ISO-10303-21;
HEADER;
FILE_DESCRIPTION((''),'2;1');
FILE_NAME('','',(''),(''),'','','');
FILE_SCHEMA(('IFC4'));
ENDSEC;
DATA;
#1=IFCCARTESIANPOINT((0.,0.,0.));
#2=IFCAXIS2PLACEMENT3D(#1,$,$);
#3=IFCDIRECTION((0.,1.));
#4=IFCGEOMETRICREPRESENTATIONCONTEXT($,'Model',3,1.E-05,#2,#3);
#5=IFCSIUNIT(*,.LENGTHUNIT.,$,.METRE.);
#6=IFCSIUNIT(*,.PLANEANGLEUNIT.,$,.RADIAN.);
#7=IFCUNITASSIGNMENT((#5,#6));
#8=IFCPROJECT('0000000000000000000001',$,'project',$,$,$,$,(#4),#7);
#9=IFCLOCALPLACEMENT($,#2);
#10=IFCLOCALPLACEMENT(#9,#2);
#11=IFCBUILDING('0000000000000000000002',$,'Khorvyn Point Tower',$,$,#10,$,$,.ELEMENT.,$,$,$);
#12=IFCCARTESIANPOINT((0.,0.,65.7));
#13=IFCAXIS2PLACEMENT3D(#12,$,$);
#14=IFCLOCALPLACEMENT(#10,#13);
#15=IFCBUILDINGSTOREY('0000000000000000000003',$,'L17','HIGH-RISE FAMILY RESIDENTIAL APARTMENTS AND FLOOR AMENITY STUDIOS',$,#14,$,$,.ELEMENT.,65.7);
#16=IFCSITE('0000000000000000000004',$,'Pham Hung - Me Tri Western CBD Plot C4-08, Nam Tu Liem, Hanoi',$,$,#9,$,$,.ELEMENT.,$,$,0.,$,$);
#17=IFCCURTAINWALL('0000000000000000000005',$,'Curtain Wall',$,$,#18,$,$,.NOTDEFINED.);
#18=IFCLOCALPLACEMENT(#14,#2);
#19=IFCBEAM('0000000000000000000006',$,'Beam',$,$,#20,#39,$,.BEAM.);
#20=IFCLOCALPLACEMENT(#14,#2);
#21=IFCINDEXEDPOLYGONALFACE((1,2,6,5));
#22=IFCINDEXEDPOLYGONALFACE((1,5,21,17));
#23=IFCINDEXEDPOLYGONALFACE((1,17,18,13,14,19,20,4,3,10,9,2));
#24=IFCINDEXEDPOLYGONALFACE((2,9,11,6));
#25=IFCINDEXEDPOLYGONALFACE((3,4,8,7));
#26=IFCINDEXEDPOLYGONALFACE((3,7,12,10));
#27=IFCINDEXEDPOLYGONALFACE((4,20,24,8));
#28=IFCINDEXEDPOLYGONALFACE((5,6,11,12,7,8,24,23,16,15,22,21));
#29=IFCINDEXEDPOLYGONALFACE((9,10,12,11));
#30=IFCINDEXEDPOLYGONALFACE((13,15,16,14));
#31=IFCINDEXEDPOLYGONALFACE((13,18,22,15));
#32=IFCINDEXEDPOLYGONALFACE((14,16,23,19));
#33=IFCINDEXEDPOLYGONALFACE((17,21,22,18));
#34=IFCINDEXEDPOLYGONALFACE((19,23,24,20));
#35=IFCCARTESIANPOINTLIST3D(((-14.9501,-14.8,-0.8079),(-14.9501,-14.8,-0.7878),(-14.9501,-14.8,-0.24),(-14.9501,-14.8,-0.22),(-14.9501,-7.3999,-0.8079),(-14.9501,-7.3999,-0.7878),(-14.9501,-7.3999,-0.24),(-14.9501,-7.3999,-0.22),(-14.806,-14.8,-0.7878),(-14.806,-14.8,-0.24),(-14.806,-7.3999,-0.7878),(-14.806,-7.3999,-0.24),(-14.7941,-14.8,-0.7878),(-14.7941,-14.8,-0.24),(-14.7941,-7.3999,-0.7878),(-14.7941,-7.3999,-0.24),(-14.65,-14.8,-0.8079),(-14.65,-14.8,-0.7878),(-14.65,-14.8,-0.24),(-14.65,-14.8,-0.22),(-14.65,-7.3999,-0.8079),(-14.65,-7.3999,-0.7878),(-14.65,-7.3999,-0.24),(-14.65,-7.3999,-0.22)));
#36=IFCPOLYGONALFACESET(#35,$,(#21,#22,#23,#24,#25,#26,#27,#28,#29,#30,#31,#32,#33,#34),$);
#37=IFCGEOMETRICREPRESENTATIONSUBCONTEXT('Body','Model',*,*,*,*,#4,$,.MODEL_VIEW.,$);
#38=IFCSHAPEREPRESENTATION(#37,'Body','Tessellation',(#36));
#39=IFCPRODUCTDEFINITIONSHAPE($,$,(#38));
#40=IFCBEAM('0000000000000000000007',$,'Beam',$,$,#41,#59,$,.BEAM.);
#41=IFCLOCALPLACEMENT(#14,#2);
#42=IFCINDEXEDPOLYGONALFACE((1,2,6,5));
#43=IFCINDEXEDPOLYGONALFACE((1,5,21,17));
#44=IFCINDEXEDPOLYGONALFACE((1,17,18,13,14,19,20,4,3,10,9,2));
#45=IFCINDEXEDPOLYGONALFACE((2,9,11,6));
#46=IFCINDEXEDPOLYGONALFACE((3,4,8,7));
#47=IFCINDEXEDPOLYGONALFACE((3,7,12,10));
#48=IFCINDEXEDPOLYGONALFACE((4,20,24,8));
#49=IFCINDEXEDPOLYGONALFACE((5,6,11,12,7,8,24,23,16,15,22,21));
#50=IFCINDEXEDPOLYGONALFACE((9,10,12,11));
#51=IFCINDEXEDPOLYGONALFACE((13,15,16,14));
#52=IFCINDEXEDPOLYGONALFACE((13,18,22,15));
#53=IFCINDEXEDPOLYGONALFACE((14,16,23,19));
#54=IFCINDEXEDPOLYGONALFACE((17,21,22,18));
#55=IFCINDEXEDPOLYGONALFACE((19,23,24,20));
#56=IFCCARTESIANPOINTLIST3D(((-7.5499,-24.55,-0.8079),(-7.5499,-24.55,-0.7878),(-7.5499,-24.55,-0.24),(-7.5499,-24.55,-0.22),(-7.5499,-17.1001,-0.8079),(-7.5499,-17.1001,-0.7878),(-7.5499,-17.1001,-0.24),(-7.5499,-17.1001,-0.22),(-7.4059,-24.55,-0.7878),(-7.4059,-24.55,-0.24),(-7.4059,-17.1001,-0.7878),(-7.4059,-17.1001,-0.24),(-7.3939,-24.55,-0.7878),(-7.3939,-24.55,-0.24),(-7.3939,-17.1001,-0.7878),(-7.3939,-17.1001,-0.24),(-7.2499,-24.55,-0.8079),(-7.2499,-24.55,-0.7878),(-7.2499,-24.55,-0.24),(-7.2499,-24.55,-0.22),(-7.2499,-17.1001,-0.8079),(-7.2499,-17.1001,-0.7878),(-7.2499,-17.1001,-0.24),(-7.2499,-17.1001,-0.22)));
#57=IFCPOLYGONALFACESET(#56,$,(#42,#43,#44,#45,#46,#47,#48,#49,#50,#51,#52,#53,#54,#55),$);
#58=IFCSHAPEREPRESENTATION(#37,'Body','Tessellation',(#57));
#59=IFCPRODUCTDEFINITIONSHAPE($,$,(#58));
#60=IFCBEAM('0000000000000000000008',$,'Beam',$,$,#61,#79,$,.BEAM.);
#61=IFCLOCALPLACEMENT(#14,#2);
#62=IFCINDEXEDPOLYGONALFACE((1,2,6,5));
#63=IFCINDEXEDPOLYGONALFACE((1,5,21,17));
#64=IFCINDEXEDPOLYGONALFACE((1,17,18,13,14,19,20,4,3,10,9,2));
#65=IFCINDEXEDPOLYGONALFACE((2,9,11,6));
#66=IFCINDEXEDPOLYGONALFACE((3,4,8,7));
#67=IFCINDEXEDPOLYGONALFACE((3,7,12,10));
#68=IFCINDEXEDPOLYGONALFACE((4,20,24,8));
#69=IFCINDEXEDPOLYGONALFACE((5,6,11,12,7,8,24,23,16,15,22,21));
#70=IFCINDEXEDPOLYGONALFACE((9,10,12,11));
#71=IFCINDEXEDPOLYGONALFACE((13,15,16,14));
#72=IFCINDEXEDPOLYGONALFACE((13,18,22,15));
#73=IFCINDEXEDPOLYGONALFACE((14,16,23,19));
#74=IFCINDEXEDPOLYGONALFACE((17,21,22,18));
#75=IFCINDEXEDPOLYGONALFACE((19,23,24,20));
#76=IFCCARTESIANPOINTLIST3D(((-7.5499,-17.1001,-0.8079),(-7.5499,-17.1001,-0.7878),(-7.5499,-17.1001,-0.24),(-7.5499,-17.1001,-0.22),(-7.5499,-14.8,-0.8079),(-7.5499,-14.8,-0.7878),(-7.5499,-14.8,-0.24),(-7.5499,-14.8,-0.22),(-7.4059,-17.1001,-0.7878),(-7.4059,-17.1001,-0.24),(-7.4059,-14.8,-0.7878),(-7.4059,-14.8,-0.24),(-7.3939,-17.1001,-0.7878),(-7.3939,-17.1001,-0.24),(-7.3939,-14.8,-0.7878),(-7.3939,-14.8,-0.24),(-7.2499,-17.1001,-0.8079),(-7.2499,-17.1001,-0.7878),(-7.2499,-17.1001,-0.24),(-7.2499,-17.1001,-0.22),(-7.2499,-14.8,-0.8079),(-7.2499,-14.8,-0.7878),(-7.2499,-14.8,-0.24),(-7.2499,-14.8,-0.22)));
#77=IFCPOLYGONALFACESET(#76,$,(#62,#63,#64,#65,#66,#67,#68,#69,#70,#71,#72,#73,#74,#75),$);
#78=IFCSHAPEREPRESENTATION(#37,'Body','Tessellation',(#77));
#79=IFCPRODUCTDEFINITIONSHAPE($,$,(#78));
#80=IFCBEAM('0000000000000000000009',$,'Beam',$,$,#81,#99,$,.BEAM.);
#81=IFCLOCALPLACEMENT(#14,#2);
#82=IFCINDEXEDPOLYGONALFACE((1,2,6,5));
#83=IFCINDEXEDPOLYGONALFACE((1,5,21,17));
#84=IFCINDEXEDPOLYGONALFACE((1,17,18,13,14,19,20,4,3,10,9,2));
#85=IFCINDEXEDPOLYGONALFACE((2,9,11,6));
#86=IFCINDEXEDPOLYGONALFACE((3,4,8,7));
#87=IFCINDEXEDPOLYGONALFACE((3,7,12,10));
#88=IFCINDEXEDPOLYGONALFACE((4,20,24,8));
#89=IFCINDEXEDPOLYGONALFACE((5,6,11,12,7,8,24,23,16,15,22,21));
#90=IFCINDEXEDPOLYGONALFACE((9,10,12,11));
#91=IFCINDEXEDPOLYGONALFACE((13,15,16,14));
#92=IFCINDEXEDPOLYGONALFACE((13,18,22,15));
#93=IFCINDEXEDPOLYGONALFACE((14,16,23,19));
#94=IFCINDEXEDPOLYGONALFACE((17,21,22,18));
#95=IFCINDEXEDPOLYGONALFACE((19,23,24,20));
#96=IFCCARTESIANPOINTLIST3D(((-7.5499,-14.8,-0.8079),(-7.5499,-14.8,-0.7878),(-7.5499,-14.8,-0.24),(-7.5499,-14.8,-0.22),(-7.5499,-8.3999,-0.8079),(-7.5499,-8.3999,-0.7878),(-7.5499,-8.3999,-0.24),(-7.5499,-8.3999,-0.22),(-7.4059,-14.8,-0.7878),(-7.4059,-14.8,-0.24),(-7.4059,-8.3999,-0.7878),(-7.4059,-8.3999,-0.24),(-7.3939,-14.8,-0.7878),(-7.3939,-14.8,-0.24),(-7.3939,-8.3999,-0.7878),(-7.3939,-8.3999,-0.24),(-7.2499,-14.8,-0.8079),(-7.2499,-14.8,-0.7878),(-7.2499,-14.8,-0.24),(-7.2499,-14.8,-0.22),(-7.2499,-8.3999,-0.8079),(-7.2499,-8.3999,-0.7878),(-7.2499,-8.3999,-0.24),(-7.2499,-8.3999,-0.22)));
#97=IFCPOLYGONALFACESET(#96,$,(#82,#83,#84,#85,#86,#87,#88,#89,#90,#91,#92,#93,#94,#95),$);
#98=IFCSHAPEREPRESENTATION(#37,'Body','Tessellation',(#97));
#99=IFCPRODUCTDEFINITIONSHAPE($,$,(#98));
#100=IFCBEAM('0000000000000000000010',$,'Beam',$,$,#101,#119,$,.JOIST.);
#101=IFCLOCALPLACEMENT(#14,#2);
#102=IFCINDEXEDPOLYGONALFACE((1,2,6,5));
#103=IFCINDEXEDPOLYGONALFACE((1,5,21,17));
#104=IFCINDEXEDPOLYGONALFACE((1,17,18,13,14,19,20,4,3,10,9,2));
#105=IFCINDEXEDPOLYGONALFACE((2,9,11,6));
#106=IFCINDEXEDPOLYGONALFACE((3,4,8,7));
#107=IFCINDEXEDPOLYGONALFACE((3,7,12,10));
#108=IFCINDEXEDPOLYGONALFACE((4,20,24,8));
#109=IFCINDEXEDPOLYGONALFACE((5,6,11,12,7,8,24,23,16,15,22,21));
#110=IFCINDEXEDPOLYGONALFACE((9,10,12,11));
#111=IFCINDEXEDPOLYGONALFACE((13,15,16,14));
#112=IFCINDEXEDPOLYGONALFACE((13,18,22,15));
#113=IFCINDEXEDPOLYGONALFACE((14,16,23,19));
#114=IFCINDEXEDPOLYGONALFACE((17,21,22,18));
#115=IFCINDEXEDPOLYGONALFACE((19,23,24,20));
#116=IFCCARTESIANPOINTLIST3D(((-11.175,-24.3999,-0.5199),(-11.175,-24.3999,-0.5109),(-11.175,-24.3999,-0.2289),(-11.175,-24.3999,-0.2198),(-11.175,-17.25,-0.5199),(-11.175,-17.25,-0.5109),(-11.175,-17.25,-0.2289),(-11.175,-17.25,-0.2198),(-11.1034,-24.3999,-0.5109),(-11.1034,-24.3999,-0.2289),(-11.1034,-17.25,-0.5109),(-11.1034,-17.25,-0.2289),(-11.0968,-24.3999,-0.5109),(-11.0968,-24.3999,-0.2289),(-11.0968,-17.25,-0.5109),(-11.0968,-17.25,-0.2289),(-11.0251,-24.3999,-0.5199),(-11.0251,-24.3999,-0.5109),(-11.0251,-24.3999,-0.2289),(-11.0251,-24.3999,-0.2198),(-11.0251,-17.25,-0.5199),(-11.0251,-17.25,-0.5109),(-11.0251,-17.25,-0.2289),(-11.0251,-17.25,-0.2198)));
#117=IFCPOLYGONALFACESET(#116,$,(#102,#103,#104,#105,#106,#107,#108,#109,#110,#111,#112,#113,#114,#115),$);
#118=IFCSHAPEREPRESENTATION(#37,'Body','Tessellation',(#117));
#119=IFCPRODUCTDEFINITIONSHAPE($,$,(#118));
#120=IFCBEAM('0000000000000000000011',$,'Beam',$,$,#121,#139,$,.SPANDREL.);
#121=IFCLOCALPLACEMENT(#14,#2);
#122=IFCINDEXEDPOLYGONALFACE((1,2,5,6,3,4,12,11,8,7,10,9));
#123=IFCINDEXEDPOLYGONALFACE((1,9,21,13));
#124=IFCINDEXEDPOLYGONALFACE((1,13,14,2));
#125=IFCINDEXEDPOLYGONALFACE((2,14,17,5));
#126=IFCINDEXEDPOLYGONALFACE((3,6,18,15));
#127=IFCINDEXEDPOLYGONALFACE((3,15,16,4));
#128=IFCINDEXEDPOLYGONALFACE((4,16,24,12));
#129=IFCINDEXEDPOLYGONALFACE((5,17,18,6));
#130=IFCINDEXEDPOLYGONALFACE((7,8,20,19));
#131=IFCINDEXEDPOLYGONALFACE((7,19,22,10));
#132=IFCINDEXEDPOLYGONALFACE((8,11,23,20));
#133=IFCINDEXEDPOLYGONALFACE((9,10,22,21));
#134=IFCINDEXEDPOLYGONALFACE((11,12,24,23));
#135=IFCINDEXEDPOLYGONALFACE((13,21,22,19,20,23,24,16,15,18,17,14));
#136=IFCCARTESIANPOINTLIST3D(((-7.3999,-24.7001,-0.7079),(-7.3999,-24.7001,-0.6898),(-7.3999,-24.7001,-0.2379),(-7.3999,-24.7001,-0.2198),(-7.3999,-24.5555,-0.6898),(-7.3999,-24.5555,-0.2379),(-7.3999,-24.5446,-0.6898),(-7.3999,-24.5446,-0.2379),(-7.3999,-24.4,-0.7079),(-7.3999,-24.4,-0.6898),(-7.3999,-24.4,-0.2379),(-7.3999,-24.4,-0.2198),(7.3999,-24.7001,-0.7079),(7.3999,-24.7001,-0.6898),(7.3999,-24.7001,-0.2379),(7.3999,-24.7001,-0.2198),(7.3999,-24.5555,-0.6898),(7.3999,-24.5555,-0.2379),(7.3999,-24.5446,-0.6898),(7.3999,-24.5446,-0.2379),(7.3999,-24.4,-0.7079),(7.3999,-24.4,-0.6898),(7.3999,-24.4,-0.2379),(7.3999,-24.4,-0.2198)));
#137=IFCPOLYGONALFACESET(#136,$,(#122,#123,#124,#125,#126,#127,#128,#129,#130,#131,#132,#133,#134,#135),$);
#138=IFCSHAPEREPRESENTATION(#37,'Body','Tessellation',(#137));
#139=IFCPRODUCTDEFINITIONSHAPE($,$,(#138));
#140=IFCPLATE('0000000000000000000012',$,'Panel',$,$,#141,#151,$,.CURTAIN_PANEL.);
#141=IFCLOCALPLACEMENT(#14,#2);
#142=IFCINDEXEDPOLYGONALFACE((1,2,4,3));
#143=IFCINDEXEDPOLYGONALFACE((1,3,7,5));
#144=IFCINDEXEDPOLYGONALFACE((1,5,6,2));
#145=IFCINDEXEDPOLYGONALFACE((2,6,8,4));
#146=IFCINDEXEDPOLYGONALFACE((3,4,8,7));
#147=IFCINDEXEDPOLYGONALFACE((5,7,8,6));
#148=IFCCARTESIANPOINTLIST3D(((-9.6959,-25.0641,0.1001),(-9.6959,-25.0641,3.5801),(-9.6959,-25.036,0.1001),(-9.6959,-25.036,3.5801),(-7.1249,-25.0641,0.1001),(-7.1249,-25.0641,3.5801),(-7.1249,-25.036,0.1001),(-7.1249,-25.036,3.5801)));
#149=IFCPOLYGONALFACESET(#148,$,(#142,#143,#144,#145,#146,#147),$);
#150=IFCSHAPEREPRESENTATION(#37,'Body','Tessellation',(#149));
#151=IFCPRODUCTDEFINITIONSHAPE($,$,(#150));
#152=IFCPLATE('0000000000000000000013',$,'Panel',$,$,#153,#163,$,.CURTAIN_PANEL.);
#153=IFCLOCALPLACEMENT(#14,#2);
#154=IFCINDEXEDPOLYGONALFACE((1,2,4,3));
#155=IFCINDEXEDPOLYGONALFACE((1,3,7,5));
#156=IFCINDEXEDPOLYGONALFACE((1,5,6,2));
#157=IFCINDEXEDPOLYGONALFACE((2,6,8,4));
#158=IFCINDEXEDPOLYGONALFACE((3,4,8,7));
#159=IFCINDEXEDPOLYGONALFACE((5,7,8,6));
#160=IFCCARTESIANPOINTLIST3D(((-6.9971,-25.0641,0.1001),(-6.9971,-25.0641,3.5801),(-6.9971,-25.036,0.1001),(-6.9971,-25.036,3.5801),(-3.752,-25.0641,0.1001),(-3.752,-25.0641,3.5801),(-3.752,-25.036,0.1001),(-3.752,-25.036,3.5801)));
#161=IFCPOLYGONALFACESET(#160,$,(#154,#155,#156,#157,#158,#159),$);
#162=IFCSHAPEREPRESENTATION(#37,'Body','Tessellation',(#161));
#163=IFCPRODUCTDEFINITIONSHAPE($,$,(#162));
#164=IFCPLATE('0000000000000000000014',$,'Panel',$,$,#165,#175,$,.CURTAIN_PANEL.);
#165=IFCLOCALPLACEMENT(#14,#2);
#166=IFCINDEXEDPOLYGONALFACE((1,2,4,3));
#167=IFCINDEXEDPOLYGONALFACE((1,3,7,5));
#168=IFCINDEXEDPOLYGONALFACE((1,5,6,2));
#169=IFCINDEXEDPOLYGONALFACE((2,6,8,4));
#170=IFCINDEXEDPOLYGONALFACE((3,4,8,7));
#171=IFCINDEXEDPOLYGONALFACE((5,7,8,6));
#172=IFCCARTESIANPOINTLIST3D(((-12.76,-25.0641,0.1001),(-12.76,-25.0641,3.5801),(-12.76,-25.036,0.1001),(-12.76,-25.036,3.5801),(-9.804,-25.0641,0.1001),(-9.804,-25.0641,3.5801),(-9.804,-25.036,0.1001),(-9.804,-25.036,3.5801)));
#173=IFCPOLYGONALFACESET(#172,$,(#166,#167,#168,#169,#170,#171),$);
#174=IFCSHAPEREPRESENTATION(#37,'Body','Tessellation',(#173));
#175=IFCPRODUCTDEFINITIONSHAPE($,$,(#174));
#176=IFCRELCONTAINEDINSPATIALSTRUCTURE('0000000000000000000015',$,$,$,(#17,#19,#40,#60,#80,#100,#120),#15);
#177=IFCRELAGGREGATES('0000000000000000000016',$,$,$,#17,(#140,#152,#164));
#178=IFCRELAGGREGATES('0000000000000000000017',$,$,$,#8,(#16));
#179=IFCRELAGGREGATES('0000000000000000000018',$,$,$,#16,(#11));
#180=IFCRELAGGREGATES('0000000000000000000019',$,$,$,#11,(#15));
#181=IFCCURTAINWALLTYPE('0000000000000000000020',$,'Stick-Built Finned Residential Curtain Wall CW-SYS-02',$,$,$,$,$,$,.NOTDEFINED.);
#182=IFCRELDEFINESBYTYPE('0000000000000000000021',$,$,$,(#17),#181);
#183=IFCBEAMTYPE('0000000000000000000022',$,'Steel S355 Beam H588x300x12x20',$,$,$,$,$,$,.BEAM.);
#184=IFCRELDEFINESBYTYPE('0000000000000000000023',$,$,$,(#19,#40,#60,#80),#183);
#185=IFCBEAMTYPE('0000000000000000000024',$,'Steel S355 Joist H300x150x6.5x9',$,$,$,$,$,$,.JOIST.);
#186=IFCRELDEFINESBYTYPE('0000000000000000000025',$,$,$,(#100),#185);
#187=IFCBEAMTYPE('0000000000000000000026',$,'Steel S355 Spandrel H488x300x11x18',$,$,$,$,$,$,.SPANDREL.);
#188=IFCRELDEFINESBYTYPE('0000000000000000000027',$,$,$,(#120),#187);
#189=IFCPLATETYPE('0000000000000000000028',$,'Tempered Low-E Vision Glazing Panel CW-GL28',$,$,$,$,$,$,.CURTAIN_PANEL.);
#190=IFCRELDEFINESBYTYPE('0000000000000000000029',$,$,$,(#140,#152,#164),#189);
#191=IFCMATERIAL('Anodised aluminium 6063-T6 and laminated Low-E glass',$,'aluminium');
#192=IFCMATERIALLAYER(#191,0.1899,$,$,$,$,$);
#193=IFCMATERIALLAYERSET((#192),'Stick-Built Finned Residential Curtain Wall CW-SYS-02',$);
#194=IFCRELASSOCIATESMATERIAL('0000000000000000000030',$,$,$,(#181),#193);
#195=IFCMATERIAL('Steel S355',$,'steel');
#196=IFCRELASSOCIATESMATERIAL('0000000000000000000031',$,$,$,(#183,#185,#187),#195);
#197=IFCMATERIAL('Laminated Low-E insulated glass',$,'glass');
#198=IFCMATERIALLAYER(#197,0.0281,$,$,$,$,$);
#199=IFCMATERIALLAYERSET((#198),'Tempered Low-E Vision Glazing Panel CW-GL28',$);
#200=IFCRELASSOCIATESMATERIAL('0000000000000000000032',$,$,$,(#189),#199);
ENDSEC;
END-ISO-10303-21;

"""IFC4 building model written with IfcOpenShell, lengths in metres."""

from ifc_helpers import new_model, si_unit, direction, frame, origin, origin_2d, place, context, subcontext, project, spatial, rectangle, i_section, extrude, material, layer, layer_set, material_profile, profile_set, type_object, element, aggregate, save


model = new_model("IFC4")

# Units and contexts
model_context = context("Model", 3, precision=1e-05, world=origin(), true_north=direction((0.0, 1.0)))
body_context = subcontext(model_context, "Body", "Model", "MODEL_VIEW")
ifc_project = project(units=[si_unit("LENGTHUNIT", "METRE"), si_unit("PLANEANGLEUNIT", "RADIAN")], contexts=[model_context])

# Site, building, storey
site_placement = place(None, origin())
site = spatial("IfcSite", under=ifc_project, at=site_placement, Name="Pham Hung - Me Tri Western CBD Plot C4-08, Nam Tu Liem, Hanoi", CompositionType="ELEMENT", RefElevation=0.0)
building_placement = place(site_placement, origin())
building = spatial("IfcBuilding", under=site, at=building_placement, Name="Khorvyn Point Tower", CompositionType="ELEMENT")
storey_placement = place(building_placement, frame((0.0, 0.0, 65.7)))
storey = spatial("IfcBuildingStorey", under=building, at=storey_placement, Name="L17", Description="HIGH-RISE FAMILY RESIDENTIAL APARTMENTS AND FLOOR AMENITY STUDIOS", CompositionType="ELEMENT", Elevation=65.7)

# Curtain wall
ifc_material_1 = material(Name="Anodised aluminium 6063-T6 and laminated Low-E glass", Category="aluminium")
ifc_layer_1 = layer(ifc_material_1, 0.1899)
ifc_layer_set_1 = layer_set([ifc_layer_1], Name="Stick-Built Finned Residential Curtain Wall CW-SYS-02")
curtain_wall_type = type_object("IfcCurtainWallType", Name="Stick-Built Finned Residential Curtain Wall CW-SYS-02", PredefinedType="NOTDEFINED", material=ifc_layer_set_1)
curtain_wall_placement = place(storey_placement, origin())
curtain_wall = element("IfcCurtainWall", 1, at=curtain_wall_placement, inside=storey, type_object=curtain_wall_type, Name="Curtain Wall", PredefinedType="NOTDEFINED")

# Beams
ifc_material_2 = material(Name="Steel S355", Category="steel")
ifc_material_profile_1 = material_profile(ifc_material_2, i_section(OverallWidth=0.3, OverallDepth=0.5879, WebThickness=0.012, FlangeThickness=0.02, at=origin_2d()))
ifc_profile_set_1 = profile_set([ifc_material_profile_1], Name="Steel S355 H588x300x12x20")
beam_type_1 = type_object("IfcBeamType", Name="Steel S355 Beam H588x300x12x20", PredefinedType="BEAM", material=ifc_profile_set_1)
beam_1_placement = place(storey_placement, frame((-14.8, -14.8, -0.5139), z_axis=(0.0, 1.0, 0.0), x_axis=(-1.0, 0.0, 0.0)))
element("IfcBeam", 2, at=beam_1_placement, inside=storey, type_object=beam_type_1, Name="Beam", PredefinedType="BEAM", context=body_context, shape_type="SweptSolid", body=[
    extrude(i_section(OverallWidth=0.3, OverallDepth=0.5879, WebThickness=0.012, FlangeThickness=0.02, at=origin_2d()), origin(), (0.0, 0.0, 1.0), 7.4001),
])
beam_2_placement = place(storey_placement, frame((-7.3999, -24.55, -0.5139), z_axis=(0.0, 1.0, 0.0), x_axis=(-1.0, 0.0, 0.0)))
element("IfcBeam", 3, at=beam_2_placement, inside=storey, type_object=beam_type_1, Name="Beam", PredefinedType="BEAM", context=body_context, shape_type="SweptSolid", body=[
    extrude(i_section(OverallWidth=0.3, OverallDepth=0.5879, WebThickness=0.012, FlangeThickness=0.02, at=origin_2d()), origin(), (0.0, 0.0, 1.0), 7.45),
])
beam_3_placement = place(storey_placement, frame((-7.3999, -17.1001, -0.5139), z_axis=(0.0, 1.0, 0.0), x_axis=(-1.0, 0.0, 0.0)))
element("IfcBeam", 4, at=beam_3_placement, inside=storey, type_object=beam_type_1, Name="Beam", PredefinedType="BEAM", context=body_context, shape_type="SweptSolid", body=[
    extrude(i_section(OverallWidth=0.3, OverallDepth=0.5879, WebThickness=0.012, FlangeThickness=0.02, at=origin_2d()), origin(), (0.0, 0.0, 1.0), 2.3),
])
beam_4_placement = place(storey_placement, frame((-7.3999, -14.8, -0.5139), z_axis=(0.0, 1.0, 0.0), x_axis=(-1.0, 0.0, 0.0)))
element("IfcBeam", 5, at=beam_4_placement, inside=storey, type_object=beam_type_1, Name="Beam", PredefinedType="BEAM", context=body_context, shape_type="SweptSolid", body=[
    extrude(i_section(OverallWidth=0.3, OverallDepth=0.5879, WebThickness=0.012, FlangeThickness=0.02, at=origin_2d()), origin(), (0.0, 0.0, 1.0), 6.4001),
])
ifc_material_profile_2 = material_profile(ifc_material_2, i_section(OverallWidth=0.1499, OverallDepth=0.3, WebThickness=0.0066, FlangeThickness=0.009, at=origin_2d()))
ifc_profile_set_2 = profile_set([ifc_material_profile_2], Name="Steel S355 H300x150x6.5x9")
beam_type_2 = type_object("IfcBeamType", Name="Steel S355 Joist H300x150x6.5x9", PredefinedType="JOIST", material=ifc_profile_set_2)
beam_5_placement = place(storey_placement, frame((-11.1001, -24.3999, -0.3699), z_axis=(0.0, 1.0, 0.0), x_axis=(-1.0, 0.0, 0.0)))
element("IfcBeam", 6, at=beam_5_placement, inside=storey, type_object=beam_type_2, Name="Beam", PredefinedType="JOIST", context=body_context, shape_type="SweptSolid", body=[
    extrude(i_section(OverallWidth=0.1499, OverallDepth=0.3, WebThickness=0.0066, FlangeThickness=0.009, at=origin_2d()), origin(), (0.0, 0.0, 1.0), 7.1499),
])
ifc_material_profile_3 = material_profile(ifc_material_2, i_section(OverallWidth=0.3, OverallDepth=0.488, WebThickness=0.011, FlangeThickness=0.0181, at=origin_2d()))
ifc_profile_set_3 = profile_set([ifc_material_profile_3], Name="Steel S355 H488x300x11x18")
beam_type_3 = type_object("IfcBeamType", Name="Steel S355 Spandrel H488x300x11x18", PredefinedType="SPANDREL", material=ifc_profile_set_3)
beam_6_placement = place(storey_placement, frame((-7.3999, -24.55, -0.4639), z_axis=(1.0, 0.0, 0.0), x_axis=(0.0, 1.0, 0.0)))
element("IfcBeam", 7, at=beam_6_placement, inside=storey, type_object=beam_type_3, Name="Beam", PredefinedType="SPANDREL", context=body_context, shape_type="SweptSolid", body=[
    extrude(i_section(OverallWidth=0.3, OverallDepth=0.488, WebThickness=0.011, FlangeThickness=0.0181, at=origin_2d()), origin(), (0.0, 0.0, 1.0), 14.7998),
])

# Plates
ifc_material_3 = material(Name="Laminated Low-E insulated glass", Category="glass")
ifc_layer_2 = layer(ifc_material_3, 0.0281)
ifc_layer_set_2 = layer_set([ifc_layer_2], Name="Tempered Low-E Vision Glazing Panel CW-GL28")
plate_type = type_object("IfcPlateType", Name="Tempered Low-E Vision Glazing Panel CW-GL28", PredefinedType="CURTAIN_PANEL", material=ifc_layer_set_2)
plate_1_placement = place(storey_placement, frame((-8.4104, -25.05, 0.1001), z_axis=(0.0, 0.0, 1.0), x_axis=(-1.0, 0.0, 0.0)))
plate_1 = element("IfcPlate", 8, at=plate_1_placement, type_object=plate_type, Name="Panel", PredefinedType="CURTAIN_PANEL", context=body_context, shape_type="SweptSolid", body=[
    extrude(rectangle(XDim=2.571, YDim=0.0281, at=origin_2d()), origin(), (0.0, 0.0, 1.0), 3.48),
])
plate_2_placement = place(storey_placement, frame((-5.3745, -25.05, 0.1001), z_axis=(0.0, 0.0, 1.0), x_axis=(-1.0, 0.0, 0.0)))
plate_2 = element("IfcPlate", 9, at=plate_2_placement, type_object=plate_type, Name="Panel", PredefinedType="CURTAIN_PANEL", context=body_context, shape_type="SweptSolid", body=[
    extrude(rectangle(XDim=3.2451, YDim=0.0281, at=origin_2d()), origin(), (0.0, 0.0, 1.0), 3.48),
])
plate_3_placement = place(storey_placement, frame((-11.282, -25.05, 0.1001), z_axis=(0.0, 0.0, 1.0), x_axis=(-1.0, 0.0, 0.0)))
plate_3 = element("IfcPlate", 10, at=plate_3_placement, type_object=plate_type, Name="Panel", PredefinedType="CURTAIN_PANEL", context=body_context, shape_type="SweptSolid", body=[
    extrude(rectangle(XDim=2.9561, YDim=0.0281, at=origin_2d()), origin(), (0.0, 0.0, 1.0), 3.48),
])
aggregate(curtain_wall, [plate_1, plate_2, plate_3])

save(model, "model.ifc")
